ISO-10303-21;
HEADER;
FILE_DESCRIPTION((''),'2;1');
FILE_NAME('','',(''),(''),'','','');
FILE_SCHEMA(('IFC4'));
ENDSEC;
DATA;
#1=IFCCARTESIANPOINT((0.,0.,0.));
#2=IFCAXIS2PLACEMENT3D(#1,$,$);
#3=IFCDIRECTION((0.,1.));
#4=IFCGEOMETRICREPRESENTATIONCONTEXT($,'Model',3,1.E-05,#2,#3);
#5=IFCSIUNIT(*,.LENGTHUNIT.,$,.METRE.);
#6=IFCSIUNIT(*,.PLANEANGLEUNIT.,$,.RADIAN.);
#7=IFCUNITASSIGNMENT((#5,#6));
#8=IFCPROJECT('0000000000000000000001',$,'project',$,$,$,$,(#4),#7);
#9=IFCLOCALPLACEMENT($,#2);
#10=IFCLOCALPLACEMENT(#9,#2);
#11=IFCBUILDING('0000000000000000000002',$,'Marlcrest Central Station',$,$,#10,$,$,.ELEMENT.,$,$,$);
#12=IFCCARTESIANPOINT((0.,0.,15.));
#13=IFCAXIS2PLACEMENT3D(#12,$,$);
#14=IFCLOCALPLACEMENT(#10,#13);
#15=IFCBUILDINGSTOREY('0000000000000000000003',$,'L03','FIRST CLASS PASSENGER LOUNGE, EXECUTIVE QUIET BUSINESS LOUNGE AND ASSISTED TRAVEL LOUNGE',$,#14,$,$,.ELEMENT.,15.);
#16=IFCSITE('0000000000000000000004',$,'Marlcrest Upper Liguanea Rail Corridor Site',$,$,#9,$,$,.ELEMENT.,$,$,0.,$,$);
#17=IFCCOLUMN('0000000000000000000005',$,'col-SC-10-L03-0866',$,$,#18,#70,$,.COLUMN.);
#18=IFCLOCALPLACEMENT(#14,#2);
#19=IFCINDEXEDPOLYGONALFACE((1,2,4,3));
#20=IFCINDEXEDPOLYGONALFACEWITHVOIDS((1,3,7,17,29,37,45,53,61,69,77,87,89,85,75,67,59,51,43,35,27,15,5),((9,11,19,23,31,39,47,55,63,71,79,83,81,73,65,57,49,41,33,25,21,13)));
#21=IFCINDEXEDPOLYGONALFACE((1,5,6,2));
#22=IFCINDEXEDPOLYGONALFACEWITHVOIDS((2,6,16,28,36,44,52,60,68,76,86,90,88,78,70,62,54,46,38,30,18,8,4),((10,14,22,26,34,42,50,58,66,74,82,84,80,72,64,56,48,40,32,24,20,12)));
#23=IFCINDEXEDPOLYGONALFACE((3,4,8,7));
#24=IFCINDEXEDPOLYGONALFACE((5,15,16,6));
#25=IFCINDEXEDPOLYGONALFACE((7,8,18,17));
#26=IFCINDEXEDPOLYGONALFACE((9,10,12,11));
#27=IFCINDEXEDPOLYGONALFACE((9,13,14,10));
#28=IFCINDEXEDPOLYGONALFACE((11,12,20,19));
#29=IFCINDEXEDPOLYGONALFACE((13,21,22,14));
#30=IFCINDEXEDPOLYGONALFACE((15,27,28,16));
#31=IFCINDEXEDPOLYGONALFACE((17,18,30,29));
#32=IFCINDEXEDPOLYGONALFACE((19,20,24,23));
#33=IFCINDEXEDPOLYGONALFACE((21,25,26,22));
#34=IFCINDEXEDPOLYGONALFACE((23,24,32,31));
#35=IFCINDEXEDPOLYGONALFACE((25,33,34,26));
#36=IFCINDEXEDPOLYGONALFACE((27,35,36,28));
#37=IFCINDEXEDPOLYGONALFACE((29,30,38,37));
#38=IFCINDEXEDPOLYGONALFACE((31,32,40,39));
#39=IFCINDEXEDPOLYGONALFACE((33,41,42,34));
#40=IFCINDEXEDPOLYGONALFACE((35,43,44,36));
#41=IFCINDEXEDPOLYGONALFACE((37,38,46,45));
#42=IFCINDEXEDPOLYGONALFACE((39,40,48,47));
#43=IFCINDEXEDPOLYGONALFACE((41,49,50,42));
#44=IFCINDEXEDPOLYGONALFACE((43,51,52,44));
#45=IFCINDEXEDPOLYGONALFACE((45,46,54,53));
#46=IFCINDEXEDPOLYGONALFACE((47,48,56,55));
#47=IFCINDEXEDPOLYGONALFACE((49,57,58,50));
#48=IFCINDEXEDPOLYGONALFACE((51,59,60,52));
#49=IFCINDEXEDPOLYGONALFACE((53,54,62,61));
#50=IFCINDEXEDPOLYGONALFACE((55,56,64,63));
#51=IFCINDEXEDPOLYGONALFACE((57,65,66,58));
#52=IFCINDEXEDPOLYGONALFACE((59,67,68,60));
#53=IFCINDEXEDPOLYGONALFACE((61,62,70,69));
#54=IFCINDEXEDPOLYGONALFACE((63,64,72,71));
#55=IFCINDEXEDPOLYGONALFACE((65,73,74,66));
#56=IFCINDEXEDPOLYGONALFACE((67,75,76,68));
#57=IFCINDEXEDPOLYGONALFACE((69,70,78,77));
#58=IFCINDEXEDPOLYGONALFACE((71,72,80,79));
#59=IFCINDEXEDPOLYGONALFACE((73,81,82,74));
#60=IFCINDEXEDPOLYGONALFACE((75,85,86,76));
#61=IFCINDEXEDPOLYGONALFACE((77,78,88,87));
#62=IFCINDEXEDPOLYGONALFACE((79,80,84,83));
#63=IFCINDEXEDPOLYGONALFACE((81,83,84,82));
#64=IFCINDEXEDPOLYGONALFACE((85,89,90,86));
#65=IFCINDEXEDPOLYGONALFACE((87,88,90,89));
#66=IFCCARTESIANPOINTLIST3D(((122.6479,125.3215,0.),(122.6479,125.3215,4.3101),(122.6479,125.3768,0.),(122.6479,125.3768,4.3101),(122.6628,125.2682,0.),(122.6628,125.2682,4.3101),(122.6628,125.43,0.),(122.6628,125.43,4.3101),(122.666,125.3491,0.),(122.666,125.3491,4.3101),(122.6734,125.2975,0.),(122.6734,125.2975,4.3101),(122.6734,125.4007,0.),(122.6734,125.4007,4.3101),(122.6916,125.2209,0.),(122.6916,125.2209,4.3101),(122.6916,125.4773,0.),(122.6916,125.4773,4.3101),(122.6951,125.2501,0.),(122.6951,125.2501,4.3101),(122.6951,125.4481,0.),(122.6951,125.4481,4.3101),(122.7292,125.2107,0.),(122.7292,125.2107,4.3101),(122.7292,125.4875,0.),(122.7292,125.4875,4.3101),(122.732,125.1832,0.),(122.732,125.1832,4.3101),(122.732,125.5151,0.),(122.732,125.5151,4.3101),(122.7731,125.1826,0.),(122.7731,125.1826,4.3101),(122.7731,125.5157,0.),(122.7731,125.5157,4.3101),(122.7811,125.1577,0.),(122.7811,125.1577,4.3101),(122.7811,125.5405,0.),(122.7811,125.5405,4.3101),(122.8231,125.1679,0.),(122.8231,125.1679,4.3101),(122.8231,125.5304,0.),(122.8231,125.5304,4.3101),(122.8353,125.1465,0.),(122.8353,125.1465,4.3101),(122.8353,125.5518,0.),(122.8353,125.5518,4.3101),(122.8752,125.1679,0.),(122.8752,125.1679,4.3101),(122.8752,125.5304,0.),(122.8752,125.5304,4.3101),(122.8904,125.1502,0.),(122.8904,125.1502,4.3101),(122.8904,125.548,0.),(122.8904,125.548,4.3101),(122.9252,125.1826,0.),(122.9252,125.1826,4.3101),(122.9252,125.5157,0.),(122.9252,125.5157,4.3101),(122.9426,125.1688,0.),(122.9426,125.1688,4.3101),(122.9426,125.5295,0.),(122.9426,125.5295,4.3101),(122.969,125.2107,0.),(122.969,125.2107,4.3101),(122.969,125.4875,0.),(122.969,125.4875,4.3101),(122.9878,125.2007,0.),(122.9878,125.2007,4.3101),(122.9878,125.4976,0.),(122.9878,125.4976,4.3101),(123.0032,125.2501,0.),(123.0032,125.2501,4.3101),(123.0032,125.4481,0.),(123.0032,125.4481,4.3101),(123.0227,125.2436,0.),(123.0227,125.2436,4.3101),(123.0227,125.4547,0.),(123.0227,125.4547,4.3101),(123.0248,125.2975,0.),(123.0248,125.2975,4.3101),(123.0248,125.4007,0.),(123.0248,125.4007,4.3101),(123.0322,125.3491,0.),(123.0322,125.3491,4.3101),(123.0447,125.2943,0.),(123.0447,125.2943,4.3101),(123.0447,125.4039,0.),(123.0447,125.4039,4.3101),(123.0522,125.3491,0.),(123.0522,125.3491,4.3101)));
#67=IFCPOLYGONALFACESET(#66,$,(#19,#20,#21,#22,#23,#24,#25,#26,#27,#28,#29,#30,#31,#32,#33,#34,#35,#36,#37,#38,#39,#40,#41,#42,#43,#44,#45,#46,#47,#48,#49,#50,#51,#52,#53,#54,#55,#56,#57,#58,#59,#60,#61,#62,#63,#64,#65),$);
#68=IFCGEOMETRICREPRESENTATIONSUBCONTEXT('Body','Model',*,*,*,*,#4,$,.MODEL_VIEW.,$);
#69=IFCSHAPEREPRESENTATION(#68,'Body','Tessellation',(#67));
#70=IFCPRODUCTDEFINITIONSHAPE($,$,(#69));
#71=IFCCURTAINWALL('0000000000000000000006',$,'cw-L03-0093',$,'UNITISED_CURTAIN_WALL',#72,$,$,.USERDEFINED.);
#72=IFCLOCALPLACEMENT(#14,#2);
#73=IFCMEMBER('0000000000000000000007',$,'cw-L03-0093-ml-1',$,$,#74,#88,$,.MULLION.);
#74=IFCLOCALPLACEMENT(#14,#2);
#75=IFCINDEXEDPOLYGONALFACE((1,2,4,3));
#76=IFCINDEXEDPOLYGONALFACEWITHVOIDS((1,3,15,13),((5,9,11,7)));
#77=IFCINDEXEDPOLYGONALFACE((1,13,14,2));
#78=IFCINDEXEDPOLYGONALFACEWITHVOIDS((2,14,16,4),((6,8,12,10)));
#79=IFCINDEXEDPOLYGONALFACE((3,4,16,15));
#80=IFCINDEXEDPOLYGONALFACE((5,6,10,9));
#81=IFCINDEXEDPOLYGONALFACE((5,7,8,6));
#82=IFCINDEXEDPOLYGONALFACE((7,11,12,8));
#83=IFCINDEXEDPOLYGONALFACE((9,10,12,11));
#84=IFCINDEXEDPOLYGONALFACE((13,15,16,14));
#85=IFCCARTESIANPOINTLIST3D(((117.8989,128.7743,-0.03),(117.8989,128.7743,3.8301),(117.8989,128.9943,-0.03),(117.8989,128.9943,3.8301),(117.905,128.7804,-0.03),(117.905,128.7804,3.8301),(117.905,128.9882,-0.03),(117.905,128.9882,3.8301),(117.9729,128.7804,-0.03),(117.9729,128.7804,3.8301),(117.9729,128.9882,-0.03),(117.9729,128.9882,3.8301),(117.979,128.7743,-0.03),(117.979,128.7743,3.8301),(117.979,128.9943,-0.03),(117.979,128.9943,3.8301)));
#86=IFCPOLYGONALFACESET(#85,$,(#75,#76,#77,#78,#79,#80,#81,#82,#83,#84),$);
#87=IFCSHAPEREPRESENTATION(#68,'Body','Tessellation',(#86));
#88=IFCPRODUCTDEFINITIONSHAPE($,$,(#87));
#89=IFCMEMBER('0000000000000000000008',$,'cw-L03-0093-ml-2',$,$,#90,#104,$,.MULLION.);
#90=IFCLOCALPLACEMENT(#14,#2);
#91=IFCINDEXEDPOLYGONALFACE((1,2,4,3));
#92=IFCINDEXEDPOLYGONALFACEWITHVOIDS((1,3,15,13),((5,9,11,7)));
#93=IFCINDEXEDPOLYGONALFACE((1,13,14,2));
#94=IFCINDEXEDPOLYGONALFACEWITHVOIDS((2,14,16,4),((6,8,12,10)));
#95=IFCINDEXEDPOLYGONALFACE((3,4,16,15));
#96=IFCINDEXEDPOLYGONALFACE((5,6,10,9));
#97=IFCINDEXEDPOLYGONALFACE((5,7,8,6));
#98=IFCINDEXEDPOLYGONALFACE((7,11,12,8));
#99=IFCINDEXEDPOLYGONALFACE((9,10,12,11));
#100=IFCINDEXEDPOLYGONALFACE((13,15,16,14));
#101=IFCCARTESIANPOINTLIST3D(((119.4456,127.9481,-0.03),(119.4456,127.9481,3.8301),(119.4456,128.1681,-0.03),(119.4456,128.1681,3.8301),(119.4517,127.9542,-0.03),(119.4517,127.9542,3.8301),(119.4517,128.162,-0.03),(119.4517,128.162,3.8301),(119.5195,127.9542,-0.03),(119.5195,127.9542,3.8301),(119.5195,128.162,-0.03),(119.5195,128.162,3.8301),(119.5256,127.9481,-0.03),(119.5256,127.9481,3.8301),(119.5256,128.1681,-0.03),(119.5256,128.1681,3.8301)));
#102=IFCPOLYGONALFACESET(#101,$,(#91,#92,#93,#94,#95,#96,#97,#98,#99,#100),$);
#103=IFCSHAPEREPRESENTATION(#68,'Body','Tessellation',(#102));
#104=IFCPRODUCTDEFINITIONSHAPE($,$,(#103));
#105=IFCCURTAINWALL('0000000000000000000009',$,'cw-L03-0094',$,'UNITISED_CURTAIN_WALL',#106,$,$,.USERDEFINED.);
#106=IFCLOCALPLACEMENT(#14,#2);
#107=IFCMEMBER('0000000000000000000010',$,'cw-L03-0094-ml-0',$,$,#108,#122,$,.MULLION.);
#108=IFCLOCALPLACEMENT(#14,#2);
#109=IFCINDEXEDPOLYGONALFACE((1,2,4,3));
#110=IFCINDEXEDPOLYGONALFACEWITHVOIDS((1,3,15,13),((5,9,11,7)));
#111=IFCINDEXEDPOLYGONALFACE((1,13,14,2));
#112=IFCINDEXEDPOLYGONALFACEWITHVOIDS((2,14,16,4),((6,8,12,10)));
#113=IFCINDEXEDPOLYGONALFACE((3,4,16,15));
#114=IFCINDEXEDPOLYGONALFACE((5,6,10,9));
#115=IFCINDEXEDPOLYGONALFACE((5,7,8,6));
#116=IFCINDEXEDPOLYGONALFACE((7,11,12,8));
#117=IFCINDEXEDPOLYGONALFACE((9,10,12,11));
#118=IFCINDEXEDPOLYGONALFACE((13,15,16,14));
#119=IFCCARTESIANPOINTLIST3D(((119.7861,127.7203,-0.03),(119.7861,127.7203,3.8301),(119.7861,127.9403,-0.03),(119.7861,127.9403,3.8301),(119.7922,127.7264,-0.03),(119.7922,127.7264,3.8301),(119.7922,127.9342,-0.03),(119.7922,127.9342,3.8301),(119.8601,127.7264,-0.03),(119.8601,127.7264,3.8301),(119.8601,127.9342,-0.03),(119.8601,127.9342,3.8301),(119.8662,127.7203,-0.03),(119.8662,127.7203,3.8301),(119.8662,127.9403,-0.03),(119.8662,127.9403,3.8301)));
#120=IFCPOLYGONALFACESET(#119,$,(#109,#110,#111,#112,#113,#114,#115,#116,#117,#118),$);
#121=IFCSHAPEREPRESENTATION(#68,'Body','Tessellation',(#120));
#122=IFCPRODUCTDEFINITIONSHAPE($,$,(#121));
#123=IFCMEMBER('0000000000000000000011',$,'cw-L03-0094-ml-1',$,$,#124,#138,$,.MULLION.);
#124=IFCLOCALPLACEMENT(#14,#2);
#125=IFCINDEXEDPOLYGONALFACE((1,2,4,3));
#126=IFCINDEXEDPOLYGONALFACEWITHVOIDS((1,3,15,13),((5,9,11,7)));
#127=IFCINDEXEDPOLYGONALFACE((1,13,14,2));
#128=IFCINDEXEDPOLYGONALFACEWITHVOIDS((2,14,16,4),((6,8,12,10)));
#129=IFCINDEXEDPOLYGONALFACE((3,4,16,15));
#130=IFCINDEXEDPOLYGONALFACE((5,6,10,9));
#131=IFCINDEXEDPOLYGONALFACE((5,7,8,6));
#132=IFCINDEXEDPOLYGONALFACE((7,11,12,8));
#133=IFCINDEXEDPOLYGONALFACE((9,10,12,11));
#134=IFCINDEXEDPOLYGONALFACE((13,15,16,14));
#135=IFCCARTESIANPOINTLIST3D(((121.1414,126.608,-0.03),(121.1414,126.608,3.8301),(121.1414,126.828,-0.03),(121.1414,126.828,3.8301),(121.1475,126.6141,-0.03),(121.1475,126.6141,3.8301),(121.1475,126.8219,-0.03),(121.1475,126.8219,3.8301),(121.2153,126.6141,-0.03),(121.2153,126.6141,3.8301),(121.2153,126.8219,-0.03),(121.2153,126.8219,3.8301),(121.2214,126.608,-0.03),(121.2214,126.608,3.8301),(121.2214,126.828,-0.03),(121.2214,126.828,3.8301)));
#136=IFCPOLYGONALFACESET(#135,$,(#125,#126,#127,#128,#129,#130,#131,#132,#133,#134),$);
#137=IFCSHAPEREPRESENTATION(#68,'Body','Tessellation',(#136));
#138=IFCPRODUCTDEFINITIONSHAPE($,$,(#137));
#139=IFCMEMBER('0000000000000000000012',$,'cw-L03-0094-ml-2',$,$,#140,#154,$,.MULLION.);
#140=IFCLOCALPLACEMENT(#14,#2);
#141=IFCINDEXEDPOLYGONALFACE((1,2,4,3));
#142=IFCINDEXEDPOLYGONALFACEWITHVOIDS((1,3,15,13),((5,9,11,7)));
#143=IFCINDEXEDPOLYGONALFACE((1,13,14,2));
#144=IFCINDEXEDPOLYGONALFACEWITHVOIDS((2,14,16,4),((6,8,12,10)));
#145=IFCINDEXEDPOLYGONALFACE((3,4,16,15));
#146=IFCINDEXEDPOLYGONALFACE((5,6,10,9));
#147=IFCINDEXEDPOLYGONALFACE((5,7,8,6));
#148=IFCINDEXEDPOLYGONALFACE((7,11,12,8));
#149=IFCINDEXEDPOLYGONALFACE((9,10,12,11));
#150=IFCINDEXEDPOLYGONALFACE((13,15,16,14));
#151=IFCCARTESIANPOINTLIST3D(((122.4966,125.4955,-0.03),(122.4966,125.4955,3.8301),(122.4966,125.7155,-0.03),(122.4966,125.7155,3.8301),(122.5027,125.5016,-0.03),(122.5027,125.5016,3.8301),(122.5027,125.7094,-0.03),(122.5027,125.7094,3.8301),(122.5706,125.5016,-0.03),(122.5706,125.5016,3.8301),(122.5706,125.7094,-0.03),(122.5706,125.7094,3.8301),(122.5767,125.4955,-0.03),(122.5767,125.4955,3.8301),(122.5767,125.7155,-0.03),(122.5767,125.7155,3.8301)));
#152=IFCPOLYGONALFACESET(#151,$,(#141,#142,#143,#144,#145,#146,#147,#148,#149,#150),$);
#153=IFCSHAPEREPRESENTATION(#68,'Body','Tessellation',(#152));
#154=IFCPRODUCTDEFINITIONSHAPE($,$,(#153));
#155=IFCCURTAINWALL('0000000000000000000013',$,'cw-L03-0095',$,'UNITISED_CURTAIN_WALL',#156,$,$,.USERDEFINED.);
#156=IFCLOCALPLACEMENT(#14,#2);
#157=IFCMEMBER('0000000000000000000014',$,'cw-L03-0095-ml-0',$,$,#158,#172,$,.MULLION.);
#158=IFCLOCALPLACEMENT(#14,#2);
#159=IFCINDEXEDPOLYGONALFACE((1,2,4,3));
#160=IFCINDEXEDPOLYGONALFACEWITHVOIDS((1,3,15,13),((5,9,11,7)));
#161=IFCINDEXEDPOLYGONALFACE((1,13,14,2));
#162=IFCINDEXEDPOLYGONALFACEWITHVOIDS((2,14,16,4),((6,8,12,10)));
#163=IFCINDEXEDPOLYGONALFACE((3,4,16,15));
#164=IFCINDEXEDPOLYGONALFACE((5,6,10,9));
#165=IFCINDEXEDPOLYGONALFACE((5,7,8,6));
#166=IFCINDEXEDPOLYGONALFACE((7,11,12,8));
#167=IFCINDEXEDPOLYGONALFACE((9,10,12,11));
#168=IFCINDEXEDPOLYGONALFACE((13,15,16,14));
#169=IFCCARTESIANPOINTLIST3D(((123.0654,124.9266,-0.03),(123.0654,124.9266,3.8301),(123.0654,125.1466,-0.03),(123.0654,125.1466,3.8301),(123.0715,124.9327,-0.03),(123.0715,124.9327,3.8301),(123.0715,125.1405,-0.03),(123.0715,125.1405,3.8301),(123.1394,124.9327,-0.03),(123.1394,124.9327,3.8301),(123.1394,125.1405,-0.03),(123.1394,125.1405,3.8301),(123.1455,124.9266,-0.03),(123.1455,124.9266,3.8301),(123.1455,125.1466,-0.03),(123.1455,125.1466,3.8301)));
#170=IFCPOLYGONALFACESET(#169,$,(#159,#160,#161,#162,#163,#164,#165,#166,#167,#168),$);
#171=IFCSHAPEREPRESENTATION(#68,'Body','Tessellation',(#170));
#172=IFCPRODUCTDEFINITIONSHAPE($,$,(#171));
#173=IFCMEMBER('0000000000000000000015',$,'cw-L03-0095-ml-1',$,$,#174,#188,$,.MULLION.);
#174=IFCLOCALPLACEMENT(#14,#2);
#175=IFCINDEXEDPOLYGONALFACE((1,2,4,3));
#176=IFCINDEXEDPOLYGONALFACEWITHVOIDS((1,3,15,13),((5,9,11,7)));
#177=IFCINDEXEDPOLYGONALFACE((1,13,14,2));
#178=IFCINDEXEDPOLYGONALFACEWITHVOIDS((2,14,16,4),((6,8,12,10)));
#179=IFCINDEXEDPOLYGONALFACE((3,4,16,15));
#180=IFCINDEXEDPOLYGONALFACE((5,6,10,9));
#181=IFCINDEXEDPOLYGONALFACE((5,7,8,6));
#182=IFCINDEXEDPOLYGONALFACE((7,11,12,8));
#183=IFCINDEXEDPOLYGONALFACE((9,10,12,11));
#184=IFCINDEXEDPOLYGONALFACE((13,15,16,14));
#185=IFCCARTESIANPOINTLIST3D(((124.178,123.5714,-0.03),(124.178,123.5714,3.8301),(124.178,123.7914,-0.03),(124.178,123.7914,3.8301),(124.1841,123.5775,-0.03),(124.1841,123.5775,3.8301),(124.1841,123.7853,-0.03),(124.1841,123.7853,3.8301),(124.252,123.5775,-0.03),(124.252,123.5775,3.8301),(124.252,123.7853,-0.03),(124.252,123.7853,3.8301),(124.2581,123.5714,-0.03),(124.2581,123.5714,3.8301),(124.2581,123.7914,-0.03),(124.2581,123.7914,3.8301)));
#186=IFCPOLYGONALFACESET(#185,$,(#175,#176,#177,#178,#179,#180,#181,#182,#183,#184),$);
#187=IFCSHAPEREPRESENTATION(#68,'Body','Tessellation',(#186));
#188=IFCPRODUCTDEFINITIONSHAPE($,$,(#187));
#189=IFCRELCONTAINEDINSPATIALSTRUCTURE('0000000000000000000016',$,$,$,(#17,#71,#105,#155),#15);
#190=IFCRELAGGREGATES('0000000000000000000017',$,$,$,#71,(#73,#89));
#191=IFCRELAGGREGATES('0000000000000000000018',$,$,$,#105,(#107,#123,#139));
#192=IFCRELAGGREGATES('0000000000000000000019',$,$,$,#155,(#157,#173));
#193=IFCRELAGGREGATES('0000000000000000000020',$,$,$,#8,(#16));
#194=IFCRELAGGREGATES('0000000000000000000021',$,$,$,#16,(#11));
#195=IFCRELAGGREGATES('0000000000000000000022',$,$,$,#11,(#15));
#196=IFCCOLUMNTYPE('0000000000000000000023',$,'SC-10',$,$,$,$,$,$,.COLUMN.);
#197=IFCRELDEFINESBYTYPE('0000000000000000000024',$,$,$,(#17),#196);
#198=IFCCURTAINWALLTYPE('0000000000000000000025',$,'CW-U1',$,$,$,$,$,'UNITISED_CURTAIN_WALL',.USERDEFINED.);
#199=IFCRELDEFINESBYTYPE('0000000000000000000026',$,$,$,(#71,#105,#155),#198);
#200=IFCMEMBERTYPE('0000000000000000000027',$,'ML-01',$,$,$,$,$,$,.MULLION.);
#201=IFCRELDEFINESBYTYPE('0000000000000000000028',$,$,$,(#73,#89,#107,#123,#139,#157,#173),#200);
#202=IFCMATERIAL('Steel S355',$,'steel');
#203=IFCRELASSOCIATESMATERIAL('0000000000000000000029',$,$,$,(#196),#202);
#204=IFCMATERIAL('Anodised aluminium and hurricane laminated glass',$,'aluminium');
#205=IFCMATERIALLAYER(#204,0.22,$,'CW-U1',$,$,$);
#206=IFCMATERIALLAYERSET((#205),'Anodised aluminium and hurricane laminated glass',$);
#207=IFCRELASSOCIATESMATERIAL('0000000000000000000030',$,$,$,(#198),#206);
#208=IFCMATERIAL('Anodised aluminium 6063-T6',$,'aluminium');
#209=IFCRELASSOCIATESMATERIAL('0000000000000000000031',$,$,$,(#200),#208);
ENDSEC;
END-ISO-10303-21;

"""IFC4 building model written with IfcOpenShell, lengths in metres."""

from ifc_helpers import new_model, si_unit, direction, frame, origin, origin_2d, place, context, subcontext, project, spatial, hollow_rectangle, hollow_circle, extrude, material, layer, layer_set, material_profile, profile_set, type_object, element, aggregate, save


model = new_model("IFC4")

# Units and contexts
model_context = context("Model", 3, precision=1e-05, world=origin(), true_north=direction((0.0, 1.0)))
body_context = subcontext(model_context, "Body", "Model", "MODEL_VIEW")
ifc_project = project(units=[si_unit("LENGTHUNIT", "METRE"), si_unit("PLANEANGLEUNIT", "RADIAN")], contexts=[model_context])

# Site, building, storey
site_placement = place(None, origin())
site = spatial("IfcSite", under=ifc_project, at=site_placement, Name="Marlcrest Upper Liguanea Rail Corridor Site", CompositionType="ELEMENT", RefElevation=0.0)
building_placement = place(site_placement, origin())
building = spatial("IfcBuilding", under=site, at=building_placement, Name="Marlcrest Central Station", CompositionType="ELEMENT")
storey_placement = place(building_placement, frame((0.0, 0.0, 15.0)))
storey = spatial("IfcBuildingStorey", under=building, at=storey_placement, Name="L03", Description="FIRST CLASS PASSENGER LOUNGE, EXECUTIVE QUIET BUSINESS LOUNGE AND ASSISTED TRAVEL LOUNGE", CompositionType="ELEMENT", Elevation=15.0)

# Column
ifc_material_1 = material(Name="Steel S355", Category="steel")
ifc_material_profile_1 = material_profile(ifc_material_1, hollow_circle(Radius=0.2031, WallThickness=0.02, at=origin_2d()), Name="CHS 406.4x20")
ifc_profile_set_1 = profile_set([ifc_material_profile_1], Name="Steel S355")
column_type = type_object("IfcColumnType", Name="SC-10", PredefinedType="COLUMN", material=ifc_profile_set_1)
column_placement = place(storey_placement, frame((122.8491, 125.3491, 0.0), z_axis=(0.0, 0.0, 1.0), x_axis=(1.0, 0.0, 0.0)))
element("IfcColumn", 1, at=column_placement, inside=storey, type_object=column_type, Name="col-SC-10-L03-0866", PredefinedType="COLUMN", context=body_context, shape_type="SweptSolid", body=[
    extrude(hollow_circle(Radius=0.2031, WallThickness=0.02, at=origin_2d()), origin(), (0.0, 0.0, 1.0), 4.3101),
])

# Curtain walls, members
ifc_material_2 = material(Name="Anodised aluminium and hurricane laminated glass", Category="aluminium")
ifc_layer_1 = layer(ifc_material_2, 0.22, Name="CW-U1")
ifc_layer_set_1 = layer_set([ifc_layer_1], Name="Anodised aluminium and hurricane laminated glass")
curtain_wall_type = type_object("IfcCurtainWallType", Name="CW-U1", ElementType="UNITISED_CURTAIN_WALL", PredefinedType="USERDEFINED", material=ifc_layer_set_1)
curtain_wall_1_placement = place(storey_placement, origin())
curtain_wall_1 = element("IfcCurtainWall", 2, at=curtain_wall_1_placement, inside=storey, type_object=curtain_wall_type, Name="cw-L03-0093", ObjectType="UNITISED_CURTAIN_WALL", PredefinedType="USERDEFINED")
ifc_material_3 = material(Name="Anodised aluminium 6063-T6", Category="aluminium")
ifc_material_profile_2 = material_profile(ifc_material_3, hollow_rectangle(XDim=0.0801, YDim=0.22, WallThickness=0.0061, at=origin_2d()), Name="AA-RHS 220x80x6")
ifc_profile_set_2 = profile_set([ifc_material_profile_2], Name="Anodised aluminium 6063-T6")
member_type_1 = type_object("IfcMemberType", Name="ML-01", PredefinedType="MULLION", material=ifc_profile_set_2)
member_1_placement = place(storey_placement, frame((117.939, 128.8843, -0.03), z_axis=(0.0, 0.0, 1.0), x_axis=(1.0, 0.0, 0.0)))
member_1 = element("IfcMember", 3, at=member_1_placement, type_object=member_type_1, Name="cw-L03-0093-ml-1", PredefinedType="MULLION", context=body_context, shape_type="SweptSolid", body=[
    extrude(hollow_rectangle(XDim=0.0801, YDim=0.22, WallThickness=0.0061, at=origin_2d()), origin(), (0.0, 0.0, 1.0), 3.8601),
])
member_2_placement = place(storey_placement, frame((119.4856, 128.0581, -0.03), z_axis=(0.0, 0.0, 1.0), x_axis=(1.0, 0.0, 0.0)))
member_2 = element("IfcMember", 4, at=member_2_placement, type_object=member_type_1, Name="cw-L03-0093-ml-2", PredefinedType="MULLION", context=body_context, shape_type="SweptSolid", body=[
    extrude(hollow_rectangle(XDim=0.0801, YDim=0.22, WallThickness=0.0061, at=origin_2d()), origin(), (0.0, 0.0, 1.0), 3.8601),
])
curtain_wall_2_placement = place(storey_placement, origin())
curtain_wall_2 = element("IfcCurtainWall", 5, at=curtain_wall_2_placement, inside=storey, type_object=curtain_wall_type, Name="cw-L03-0094", ObjectType="UNITISED_CURTAIN_WALL", PredefinedType="USERDEFINED")
member_3_placement = place(storey_placement, frame((119.8262, 127.8303, -0.03), z_axis=(0.0, 0.0, 1.0), x_axis=(1.0, 0.0, 0.0)))
member_3 = element("IfcMember", 6, at=member_3_placement, type_object=member_type_1, Name="cw-L03-0094-ml-0", PredefinedType="MULLION", context=body_context, shape_type="SweptSolid", body=[
    extrude(hollow_rectangle(XDim=0.0801, YDim=0.22, WallThickness=0.0061, at=origin_2d()), origin(), (0.0, 0.0, 1.0), 3.8601),
])
member_4_placement = place(storey_placement, frame((121.1814, 126.718, -0.03), z_axis=(0.0, 0.0, 1.0), x_axis=(1.0, 0.0, 0.0)))
member_4 = element("IfcMember", 7, at=member_4_placement, type_object=member_type_1, Name="cw-L03-0094-ml-1", PredefinedType="MULLION", context=body_context, shape_type="SweptSolid", body=[
    extrude(hollow_rectangle(XDim=0.0801, YDim=0.22, WallThickness=0.0061, at=origin_2d()), origin(), (0.0, 0.0, 1.0), 3.8601),
])
member_5_placement = place(storey_placement, frame((122.5366, 125.6055, -0.03), z_axis=(0.0, 0.0, 1.0), x_axis=(1.0, 0.0, 0.0)))
member_5 = element("IfcMember", 8, at=member_5_placement, type_object=member_type_1, Name="cw-L03-0094-ml-2", PredefinedType="MULLION", context=body_context, shape_type="SweptSolid", body=[
    extrude(hollow_rectangle(XDim=0.0801, YDim=0.22, WallThickness=0.0061, at=origin_2d()), origin(), (0.0, 0.0, 1.0), 3.8601),
])
curtain_wall_3_placement = place(storey_placement, origin())
curtain_wall_3 = element("IfcCurtainWall", 9, at=curtain_wall_3_placement, inside=storey, type_object=curtain_wall_type, Name="cw-L03-0095", ObjectType="UNITISED_CURTAIN_WALL", PredefinedType="USERDEFINED")
member_6_placement = place(storey_placement, frame((123.1055, 125.0366, -0.03), z_axis=(0.0, 0.0, 1.0), x_axis=(1.0, 0.0, 0.0)))
member_6 = element("IfcMember", 10, at=member_6_placement, type_object=member_type_1, Name="cw-L03-0095-ml-0", PredefinedType="MULLION", context=body_context, shape_type="SweptSolid", body=[
    extrude(hollow_rectangle(XDim=0.0801, YDim=0.22, WallThickness=0.0061, at=origin_2d()), origin(), (0.0, 0.0, 1.0), 3.8601),
])
member_7_placement = place(storey_placement, frame((124.218, 123.6814, -0.03), z_axis=(0.0, 0.0, 1.0), x_axis=(1.0, 0.0, 0.0)))
member_7 = element("IfcMember", 11, at=member_7_placement, type_object=member_type_1, Name="cw-L03-0095-ml-1", PredefinedType="MULLION", context=body_context, shape_type="SweptSolid", body=[
    extrude(hollow_rectangle(XDim=0.0801, YDim=0.22, WallThickness=0.0061, at=origin_2d()), origin(), (0.0, 0.0, 1.0), 3.8601),
])

aggregate(curtain_wall_1, [member_1, member_2])
aggregate(curtain_wall_2, [member_3, member_4, member_5])
aggregate(curtain_wall_3, [member_6, member_7])

save(model, "model.ifc")
